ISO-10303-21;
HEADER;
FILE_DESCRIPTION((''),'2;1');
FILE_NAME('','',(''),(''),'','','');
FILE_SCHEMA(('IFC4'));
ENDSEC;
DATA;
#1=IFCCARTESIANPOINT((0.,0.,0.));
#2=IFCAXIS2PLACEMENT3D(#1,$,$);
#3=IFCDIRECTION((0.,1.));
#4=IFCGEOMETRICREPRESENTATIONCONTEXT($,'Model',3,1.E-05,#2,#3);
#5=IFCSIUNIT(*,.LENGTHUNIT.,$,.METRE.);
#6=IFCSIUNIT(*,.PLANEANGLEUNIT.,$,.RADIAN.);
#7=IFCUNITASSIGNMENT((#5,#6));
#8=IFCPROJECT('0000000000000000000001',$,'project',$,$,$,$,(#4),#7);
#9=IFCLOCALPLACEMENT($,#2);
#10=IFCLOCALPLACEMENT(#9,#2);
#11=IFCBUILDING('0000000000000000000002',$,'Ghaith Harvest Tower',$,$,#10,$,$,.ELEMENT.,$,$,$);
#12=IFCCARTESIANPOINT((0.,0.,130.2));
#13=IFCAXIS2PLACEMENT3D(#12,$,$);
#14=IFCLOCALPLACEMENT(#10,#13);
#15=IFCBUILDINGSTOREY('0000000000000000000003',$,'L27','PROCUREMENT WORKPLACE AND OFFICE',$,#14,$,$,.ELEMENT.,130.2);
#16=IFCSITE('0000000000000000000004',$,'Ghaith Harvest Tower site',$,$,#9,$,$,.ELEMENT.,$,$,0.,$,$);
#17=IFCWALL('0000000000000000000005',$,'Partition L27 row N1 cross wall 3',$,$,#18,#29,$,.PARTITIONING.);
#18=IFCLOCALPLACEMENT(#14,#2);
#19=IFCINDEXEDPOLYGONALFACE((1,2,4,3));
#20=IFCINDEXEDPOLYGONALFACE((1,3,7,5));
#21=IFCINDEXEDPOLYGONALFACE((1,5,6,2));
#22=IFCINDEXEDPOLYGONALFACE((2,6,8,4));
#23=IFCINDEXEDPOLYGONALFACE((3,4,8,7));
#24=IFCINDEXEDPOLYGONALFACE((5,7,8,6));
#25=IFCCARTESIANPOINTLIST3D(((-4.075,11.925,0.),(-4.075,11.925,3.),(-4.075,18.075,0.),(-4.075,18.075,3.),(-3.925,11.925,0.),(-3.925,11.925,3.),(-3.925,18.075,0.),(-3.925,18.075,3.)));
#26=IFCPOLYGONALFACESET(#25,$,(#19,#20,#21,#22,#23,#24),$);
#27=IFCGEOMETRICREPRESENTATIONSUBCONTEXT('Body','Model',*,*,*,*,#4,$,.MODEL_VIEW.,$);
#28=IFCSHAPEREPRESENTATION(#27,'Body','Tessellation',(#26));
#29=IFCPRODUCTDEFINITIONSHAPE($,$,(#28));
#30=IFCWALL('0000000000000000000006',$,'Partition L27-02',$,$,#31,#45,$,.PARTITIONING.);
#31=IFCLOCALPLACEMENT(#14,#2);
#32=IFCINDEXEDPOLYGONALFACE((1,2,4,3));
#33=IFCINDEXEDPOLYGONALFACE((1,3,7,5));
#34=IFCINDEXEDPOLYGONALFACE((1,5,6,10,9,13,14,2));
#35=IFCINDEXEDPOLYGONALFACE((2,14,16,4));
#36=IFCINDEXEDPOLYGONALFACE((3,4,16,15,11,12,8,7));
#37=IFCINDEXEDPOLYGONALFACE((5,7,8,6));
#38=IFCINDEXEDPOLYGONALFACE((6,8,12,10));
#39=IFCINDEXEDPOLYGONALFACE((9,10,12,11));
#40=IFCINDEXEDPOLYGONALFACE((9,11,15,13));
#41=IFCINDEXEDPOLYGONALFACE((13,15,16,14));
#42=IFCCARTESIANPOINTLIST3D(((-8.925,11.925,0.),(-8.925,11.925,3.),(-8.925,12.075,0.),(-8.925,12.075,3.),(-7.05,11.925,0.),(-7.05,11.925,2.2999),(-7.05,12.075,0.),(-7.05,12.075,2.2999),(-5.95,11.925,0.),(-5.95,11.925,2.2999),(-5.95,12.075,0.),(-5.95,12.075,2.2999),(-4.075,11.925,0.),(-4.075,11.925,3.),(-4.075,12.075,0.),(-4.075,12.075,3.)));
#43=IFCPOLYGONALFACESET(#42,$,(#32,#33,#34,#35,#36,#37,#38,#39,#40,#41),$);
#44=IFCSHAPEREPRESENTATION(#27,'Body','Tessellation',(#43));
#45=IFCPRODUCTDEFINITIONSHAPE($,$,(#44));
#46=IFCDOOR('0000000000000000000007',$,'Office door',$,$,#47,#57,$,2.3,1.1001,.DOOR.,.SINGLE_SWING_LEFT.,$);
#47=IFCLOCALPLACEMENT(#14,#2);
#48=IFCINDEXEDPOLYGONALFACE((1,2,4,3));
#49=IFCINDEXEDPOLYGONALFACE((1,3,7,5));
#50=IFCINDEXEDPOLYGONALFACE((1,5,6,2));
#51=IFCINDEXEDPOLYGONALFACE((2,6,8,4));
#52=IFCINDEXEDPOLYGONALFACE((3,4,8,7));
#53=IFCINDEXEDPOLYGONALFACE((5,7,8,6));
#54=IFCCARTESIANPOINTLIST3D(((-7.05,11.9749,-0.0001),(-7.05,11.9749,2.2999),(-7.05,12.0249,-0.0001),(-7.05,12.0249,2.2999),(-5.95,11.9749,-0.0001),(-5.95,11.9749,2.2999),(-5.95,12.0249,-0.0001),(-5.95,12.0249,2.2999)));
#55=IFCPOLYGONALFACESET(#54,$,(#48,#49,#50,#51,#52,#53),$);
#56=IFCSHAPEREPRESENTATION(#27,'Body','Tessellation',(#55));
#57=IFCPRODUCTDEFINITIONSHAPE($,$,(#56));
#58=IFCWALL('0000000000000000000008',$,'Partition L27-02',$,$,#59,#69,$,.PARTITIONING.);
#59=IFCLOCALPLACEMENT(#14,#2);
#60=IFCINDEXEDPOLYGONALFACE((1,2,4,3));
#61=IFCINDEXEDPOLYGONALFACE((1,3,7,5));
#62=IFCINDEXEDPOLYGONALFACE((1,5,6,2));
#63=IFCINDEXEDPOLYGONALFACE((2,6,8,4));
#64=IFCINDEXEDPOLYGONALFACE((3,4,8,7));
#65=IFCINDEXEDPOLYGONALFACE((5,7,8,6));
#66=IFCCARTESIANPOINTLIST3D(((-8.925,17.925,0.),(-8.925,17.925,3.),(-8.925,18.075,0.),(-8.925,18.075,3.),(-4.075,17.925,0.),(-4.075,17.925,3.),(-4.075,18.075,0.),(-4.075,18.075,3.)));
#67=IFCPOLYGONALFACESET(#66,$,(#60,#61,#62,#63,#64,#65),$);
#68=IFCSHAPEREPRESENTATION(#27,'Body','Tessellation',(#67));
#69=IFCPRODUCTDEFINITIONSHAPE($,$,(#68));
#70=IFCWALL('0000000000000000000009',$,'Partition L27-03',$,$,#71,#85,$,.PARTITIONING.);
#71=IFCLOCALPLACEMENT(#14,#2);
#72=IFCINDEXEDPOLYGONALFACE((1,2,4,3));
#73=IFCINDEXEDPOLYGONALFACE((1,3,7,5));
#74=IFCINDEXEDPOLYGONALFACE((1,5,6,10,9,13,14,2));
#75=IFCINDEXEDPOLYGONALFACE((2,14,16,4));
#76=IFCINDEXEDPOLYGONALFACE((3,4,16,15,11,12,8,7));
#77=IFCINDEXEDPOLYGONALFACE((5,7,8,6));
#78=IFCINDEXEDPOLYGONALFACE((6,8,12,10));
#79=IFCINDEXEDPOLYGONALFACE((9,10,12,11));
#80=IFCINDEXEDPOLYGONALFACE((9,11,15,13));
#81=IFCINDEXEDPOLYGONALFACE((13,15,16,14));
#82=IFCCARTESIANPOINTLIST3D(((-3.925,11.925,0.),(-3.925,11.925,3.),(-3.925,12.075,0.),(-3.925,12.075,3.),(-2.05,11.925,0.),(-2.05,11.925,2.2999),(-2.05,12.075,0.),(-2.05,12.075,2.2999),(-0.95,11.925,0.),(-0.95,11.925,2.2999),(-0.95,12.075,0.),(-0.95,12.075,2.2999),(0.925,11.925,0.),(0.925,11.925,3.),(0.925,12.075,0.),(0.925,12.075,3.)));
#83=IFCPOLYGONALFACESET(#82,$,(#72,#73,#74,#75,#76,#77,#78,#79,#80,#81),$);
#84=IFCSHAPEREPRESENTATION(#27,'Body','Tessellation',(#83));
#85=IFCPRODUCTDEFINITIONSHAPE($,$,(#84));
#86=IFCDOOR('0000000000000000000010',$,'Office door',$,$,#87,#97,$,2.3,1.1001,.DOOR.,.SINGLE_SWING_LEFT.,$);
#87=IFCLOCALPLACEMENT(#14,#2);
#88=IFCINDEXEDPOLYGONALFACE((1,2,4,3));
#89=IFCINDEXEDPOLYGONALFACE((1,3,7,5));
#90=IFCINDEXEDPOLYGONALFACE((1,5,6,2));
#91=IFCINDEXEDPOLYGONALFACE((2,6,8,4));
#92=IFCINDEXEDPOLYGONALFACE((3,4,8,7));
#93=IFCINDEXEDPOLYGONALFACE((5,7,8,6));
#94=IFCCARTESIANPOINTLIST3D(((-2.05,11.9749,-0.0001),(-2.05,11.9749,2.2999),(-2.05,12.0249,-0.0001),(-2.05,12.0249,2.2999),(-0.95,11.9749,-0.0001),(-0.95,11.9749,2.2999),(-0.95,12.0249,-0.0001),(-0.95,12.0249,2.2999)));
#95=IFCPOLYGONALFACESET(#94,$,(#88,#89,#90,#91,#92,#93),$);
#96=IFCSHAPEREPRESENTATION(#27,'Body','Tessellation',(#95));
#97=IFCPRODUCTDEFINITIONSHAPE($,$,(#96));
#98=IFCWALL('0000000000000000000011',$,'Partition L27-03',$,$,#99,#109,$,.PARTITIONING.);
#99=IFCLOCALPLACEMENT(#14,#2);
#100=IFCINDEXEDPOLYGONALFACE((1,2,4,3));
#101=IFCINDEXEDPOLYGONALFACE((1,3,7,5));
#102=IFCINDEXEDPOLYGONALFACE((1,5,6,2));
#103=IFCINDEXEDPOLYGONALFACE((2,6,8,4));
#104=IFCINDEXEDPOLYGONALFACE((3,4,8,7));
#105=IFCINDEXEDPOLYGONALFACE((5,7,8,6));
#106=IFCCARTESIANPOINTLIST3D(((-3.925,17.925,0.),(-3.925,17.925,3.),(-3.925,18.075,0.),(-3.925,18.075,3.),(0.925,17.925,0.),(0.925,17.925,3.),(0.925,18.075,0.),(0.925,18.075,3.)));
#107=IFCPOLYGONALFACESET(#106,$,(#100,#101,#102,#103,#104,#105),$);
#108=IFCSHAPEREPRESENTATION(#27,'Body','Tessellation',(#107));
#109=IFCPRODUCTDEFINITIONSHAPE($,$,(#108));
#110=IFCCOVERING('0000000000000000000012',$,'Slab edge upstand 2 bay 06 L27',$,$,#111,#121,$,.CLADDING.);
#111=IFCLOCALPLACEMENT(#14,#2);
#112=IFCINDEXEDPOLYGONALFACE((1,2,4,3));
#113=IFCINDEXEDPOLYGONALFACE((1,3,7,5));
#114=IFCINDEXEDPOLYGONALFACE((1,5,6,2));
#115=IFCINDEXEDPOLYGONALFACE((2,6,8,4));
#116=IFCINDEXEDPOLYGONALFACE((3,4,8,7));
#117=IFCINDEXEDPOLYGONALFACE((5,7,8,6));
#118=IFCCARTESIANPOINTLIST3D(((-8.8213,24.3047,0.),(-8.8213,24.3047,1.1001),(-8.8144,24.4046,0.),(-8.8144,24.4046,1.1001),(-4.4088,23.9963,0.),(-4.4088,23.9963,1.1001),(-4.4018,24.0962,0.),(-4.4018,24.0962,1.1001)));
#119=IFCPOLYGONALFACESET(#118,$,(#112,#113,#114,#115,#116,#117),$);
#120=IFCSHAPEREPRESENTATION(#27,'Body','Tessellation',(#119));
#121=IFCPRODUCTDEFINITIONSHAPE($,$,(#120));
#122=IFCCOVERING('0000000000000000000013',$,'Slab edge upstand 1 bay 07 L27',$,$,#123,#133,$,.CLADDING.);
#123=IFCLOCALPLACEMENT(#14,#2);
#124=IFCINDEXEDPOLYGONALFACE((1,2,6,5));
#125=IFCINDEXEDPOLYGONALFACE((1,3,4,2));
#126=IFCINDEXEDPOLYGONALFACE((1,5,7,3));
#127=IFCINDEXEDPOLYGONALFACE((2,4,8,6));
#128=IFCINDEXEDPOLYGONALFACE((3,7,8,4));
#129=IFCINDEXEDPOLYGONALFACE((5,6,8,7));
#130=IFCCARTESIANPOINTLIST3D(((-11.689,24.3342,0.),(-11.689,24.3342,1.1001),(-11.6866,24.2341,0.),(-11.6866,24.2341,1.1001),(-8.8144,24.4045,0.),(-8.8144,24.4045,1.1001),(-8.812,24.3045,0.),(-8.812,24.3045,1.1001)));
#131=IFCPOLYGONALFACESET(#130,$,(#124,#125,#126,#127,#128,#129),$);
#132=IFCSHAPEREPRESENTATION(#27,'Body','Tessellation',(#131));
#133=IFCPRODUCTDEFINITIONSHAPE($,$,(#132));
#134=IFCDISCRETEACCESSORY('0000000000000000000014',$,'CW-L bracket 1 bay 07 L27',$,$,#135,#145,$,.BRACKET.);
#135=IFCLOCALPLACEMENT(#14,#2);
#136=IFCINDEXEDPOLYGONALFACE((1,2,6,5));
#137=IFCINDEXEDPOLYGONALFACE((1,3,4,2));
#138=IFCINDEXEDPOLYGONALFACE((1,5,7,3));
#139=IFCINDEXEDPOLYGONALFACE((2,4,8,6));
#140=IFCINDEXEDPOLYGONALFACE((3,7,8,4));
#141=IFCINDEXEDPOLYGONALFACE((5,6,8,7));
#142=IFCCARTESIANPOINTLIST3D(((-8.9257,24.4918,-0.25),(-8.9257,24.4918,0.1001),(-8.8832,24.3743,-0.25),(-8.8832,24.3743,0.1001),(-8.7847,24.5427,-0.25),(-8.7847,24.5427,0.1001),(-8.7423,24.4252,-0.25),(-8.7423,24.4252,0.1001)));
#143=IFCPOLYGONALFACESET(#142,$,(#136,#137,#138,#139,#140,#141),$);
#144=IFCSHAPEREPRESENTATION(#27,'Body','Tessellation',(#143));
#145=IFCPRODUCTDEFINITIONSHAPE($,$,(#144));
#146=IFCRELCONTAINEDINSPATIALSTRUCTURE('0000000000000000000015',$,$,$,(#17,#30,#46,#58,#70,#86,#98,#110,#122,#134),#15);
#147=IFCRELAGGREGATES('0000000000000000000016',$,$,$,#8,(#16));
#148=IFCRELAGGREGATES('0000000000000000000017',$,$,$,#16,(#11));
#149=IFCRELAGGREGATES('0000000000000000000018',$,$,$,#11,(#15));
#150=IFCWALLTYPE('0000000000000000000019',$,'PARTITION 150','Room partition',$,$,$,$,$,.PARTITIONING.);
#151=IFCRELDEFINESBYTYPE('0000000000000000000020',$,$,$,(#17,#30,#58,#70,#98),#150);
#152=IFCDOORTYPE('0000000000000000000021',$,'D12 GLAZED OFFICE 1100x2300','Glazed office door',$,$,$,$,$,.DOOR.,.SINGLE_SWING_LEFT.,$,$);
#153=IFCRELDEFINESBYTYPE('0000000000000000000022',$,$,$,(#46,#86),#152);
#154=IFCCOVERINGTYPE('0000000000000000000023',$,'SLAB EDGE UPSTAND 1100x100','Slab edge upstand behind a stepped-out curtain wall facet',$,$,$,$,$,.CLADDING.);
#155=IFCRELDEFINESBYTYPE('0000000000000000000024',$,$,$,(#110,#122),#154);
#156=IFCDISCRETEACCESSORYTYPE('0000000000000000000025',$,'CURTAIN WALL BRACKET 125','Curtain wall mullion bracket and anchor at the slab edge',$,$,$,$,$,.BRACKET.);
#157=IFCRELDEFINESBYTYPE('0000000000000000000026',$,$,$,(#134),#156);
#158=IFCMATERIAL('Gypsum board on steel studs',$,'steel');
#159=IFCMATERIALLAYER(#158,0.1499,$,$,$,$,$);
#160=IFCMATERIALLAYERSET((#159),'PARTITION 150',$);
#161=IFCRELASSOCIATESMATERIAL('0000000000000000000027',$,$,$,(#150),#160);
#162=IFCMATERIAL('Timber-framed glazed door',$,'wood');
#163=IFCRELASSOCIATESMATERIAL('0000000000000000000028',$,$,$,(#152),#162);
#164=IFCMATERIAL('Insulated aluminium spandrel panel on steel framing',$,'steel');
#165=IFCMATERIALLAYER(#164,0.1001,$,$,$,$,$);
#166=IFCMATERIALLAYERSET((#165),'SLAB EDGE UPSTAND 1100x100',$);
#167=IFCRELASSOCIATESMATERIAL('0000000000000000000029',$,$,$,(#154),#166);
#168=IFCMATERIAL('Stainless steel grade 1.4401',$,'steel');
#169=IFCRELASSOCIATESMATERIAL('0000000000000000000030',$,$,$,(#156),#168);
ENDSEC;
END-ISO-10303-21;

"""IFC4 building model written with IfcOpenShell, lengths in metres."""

from ifc_helpers import new_model, si_unit, direction, frame, frame_2d, origin, origin_2d, place, context, subcontext, project, spatial, rectangle, extrude, material, layer, layer_set, type_object, element, fill, save


model = new_model("IFC4")

# Units and contexts
model_context = context("Model", 3, precision=1e-05, world=origin(), true_north=direction((0.0, 1.0)))
body_context = subcontext(model_context, "Body", "Model", "MODEL_VIEW")
ifc_project = project(units=[si_unit("LENGTHUNIT", "METRE"), si_unit("PLANEANGLEUNIT", "RADIAN")], contexts=[model_context])

# Site, building, storey
site_placement = place(None, origin())
site = spatial("IfcSite", under=ifc_project, at=site_placement, Name="Ghaith Harvest Tower site", CompositionType="ELEMENT", RefElevation=0.0)
building_placement = place(site_placement, origin())
building = spatial("IfcBuilding", under=site, at=building_placement, Name="Ghaith Harvest Tower", CompositionType="ELEMENT")
storey_placement = place(building_placement, frame((0.0, 0.0, 130.2)))
storey = spatial("IfcBuildingStorey", under=building, at=storey_placement, Name="L27", Description="PROCUREMENT WORKPLACE AND OFFICE", CompositionType="ELEMENT", Elevation=130.2)

# Wall
ifc_material_1 = material(Name="Gypsum board on steel studs", Category="steel")
ifc_layer_1 = layer(ifc_material_1, 0.1499)
ifc_layer_set_1 = layer_set([ifc_layer_1], Name="PARTITION 150")
wall_type = type_object("IfcWallType", Name="PARTITION 150", Description="Room partition", PredefinedType="PARTITIONING", material=ifc_layer_set_1)
for number, where, z_axis, x_axis, name in (
    (1, (-4.0, 11.925, 0.0), (0.0, 0.0, 1.0), (0.0, 1.0, 0.0), "Partition L27 row N1 cross wall 3"),
):
    element("IfcWall", number, at=place(storey_placement, frame(where, z_axis=z_axis, x_axis=x_axis)), inside=storey, type_object=wall_type, Name=name, PredefinedType="PARTITIONING", context=body_context, shape_type="SweptSolid", body=[
        extrude(rectangle(XDim=6.1499, YDim=0.1499, at=frame_2d((3.075, 0.0))), origin(), (0.0, 0.0, 1.0), 3.0),
    ])

# Wall, opening, door
wall_1_placement = place(storey_placement, frame((-8.925, 12.0, 0.0), z_axis=(0.0, 0.0, 1.0), x_axis=(1.0, 0.0, 0.0)))
wall_1 = element("IfcWall", 2, at=wall_1_placement, inside=storey, type_object=wall_type, Name="Partition L27-02", PredefinedType="PARTITIONING", context=body_context, shape_type="SweptSolid", body=[
    extrude(rectangle(XDim=4.8501, YDim=0.1499, at=frame_2d((2.425, 0.0))), origin(), (0.0, 0.0, 1.0), 3.0),
])
opening_1_placement = place(wall_1_placement, frame((1.875, 0.0, 0.0)))
opening_1 = element("IfcOpeningElement", 3, at=opening_1_placement, cuts=wall_1, PredefinedType="OPENING", context=body_context, shape_type="SweptSolid", body=[
    extrude(rectangle(XDim=1.1001, YDim=2.3, at=frame_2d((0.55, 1.1499))), frame((0.0, 0.085, 0.0), z_axis=(0.0, -1.0, 0.0), x_axis=(1.0, 0.0, 0.0)), (0.0, 0.0, 1.0), 0.1699),
])
ifc_material_2 = material(Name="Timber-framed glazed door", Category="wood")
door_type = type_object("IfcDoorType", Name="D12 GLAZED OFFICE 1100x2300", Description="Glazed office door", OperationType="SINGLE_SWING_LEFT", PredefinedType="DOOR", material=ifc_material_2)
door_1_placement = place(opening_1_placement, origin())
door_1 = element("IfcDoor", 4, at=door_1_placement, inside=storey, type_object=door_type, Name="Office door", OperationType="SINGLE_SWING_LEFT", OverallHeight=2.3, OverallWidth=1.1001, PredefinedType="DOOR", context=body_context, shape_type="SweptSolid", body=[
    extrude(rectangle(XDim=1.1001, YDim=2.3, at=frame_2d((0.55, 1.1499))), frame((0.0, 0.0249, 0.0), z_axis=(0.0, -1.0, 0.0), x_axis=(1.0, 0.0, 0.0)), (0.0, 0.0, 1.0), 0.05),
])
fill(opening_1, door_1)

# Wall
wall_2_placement = place(storey_placement, frame((-8.925, 18.0, 0.0), z_axis=(0.0, 0.0, 1.0), x_axis=(1.0, 0.0, 0.0)))
element("IfcWall", 5, at=wall_2_placement, inside=storey, type_object=wall_type, Name="Partition L27-02", PredefinedType="PARTITIONING", context=body_context, shape_type="SweptSolid", body=[
    extrude(rectangle(XDim=4.8501, YDim=0.1499, at=frame_2d((2.425, 0.0))), origin(), (0.0, 0.0, 1.0), 3.0),
])

# Wall, opening, door
wall_3_placement = place(storey_placement, frame((-3.925, 12.0, 0.0), z_axis=(0.0, 0.0, 1.0), x_axis=(1.0, 0.0, 0.0)))
wall_3 = element("IfcWall", 6, at=wall_3_placement, inside=storey, type_object=wall_type, Name="Partition L27-03", PredefinedType="PARTITIONING", context=body_context, shape_type="SweptSolid", body=[
    extrude(rectangle(XDim=4.8501, YDim=0.1499, at=frame_2d((2.425, 0.0))), origin(), (0.0, 0.0, 1.0), 3.0),
])
opening_2_placement = place(wall_3_placement, frame((1.875, 0.0, 0.0)))
opening_2 = element("IfcOpeningElement", 7, at=opening_2_placement, cuts=wall_3, PredefinedType="OPENING", context=body_context, shape_type="SweptSolid", body=[
    extrude(rectangle(XDim=1.1001, YDim=2.3, at=frame_2d((0.55, 1.1499))), frame((0.0, 0.085, 0.0), z_axis=(0.0, -1.0, 0.0), x_axis=(1.0, 0.0, 0.0)), (0.0, 0.0, 1.0), 0.1699),
])
door_2_placement = place(opening_2_placement, origin())
door_2 = element("IfcDoor", 8, at=door_2_placement, inside=storey, type_object=door_type, Name="Office door", OperationType="SINGLE_SWING_LEFT", OverallHeight=2.3, OverallWidth=1.1001, PredefinedType="DOOR", context=body_context, shape_type="SweptSolid", body=[
    extrude(rectangle(XDim=1.1001, YDim=2.3, at=frame_2d((0.55, 1.1499))), frame((0.0, 0.0249, 0.0), z_axis=(0.0, -1.0, 0.0), x_axis=(1.0, 0.0, 0.0)), (0.0, 0.0, 1.0), 0.05),
])
fill(opening_2, door_2)

# Wall
wall_4_placement = place(storey_placement, frame((-3.925, 18.0, 0.0), z_axis=(0.0, 0.0, 1.0), x_axis=(1.0, 0.0, 0.0)))
element("IfcWall", 9, at=wall_4_placement, inside=storey, type_object=wall_type, Name="Partition L27-03", PredefinedType="PARTITIONING", context=body_context, shape_type="SweptSolid", body=[
    extrude(rectangle(XDim=4.8501, YDim=0.1499, at=frame_2d((2.425, 0.0))), origin(), (0.0, 0.0, 1.0), 3.0),
])

# Coverings
ifc_material_3 = material(Name="Insulated aluminium spandrel panel on steel framing", Category="steel")
ifc_layer_2 = layer(ifc_material_3, 0.1001)
ifc_layer_set_2 = layer_set([ifc_layer_2], Name="SLAB EDGE UPSTAND 1100x100")
covering_type = type_object("IfcCoveringType", Name="SLAB EDGE UPSTAND 1100x100", Description="Slab edge upstand behind a stepped-out curtain wall facet", PredefinedType="CLADDING", material=ifc_layer_set_2)
covering_1_placement = place(storey_placement, frame((-6.6116, 24.2004, 0.0), z_axis=(0.0, 0.0, 1.0), x_axis=(-0.997566, 0.069726, 0.0)))
element("IfcCovering", 10, at=covering_1_placement, inside=storey, type_object=covering_type, Name="Slab edge upstand 2 bay 06 L27", PredefinedType="CLADDING", context=body_context, shape_type="SweptSolid", body=[
    extrude(rectangle(XDim=4.4233, YDim=0.1001, at=origin_2d()), origin(), (0.0, 0.0, 1.0), 1.1001),
])
covering_2_placement = place(storey_placement, frame((-10.2505, 24.3193, 0.0), z_axis=(0.0, 0.0, 1.0), x_axis=(-0.999701, -0.024458, 0.0)))
element("IfcCovering", 11, at=covering_2_placement, inside=storey, type_object=covering_type, Name="Slab edge upstand 1 bay 07 L27", PredefinedType="CLADDING", context=body_context, shape_type="SweptSolid", body=[
    extrude(rectangle(XDim=2.8755, YDim=0.1001, at=origin_2d()), origin(), (0.0, 0.0, 1.0), 1.1001),
])

# Discrete accessory
ifc_material_4 = material(Name="Stainless steel grade 1.4401", Category="steel")
discrete_accessory_type = type_object("IfcDiscreteAccessoryType", Name="CURTAIN WALL BRACKET 125", Description="Curtain wall mullion bracket and anchor at the slab edge", PredefinedType="BRACKET", material=ifc_material_4)
discrete_accessory_placement = place(storey_placement, frame((-8.834, 24.4585, -0.25), z_axis=(0.0, 0.0, 1.0), x_axis=(-0.339699, 0.940534, 0.0)))
element("IfcDiscreteAccessory", 12, at=discrete_accessory_placement, inside=storey, type_object=discrete_accessory_type, Name="CW-L bracket 1 bay 07 L27", PredefinedType="BRACKET", context=body_context, shape_type="SweptSolid", body=[
    extrude(rectangle(XDim=0.125, YDim=0.1499, at=origin_2d()), origin(), (0.0, 0.0, 1.0), 0.3501),
])

save(model, "model.ifc")
